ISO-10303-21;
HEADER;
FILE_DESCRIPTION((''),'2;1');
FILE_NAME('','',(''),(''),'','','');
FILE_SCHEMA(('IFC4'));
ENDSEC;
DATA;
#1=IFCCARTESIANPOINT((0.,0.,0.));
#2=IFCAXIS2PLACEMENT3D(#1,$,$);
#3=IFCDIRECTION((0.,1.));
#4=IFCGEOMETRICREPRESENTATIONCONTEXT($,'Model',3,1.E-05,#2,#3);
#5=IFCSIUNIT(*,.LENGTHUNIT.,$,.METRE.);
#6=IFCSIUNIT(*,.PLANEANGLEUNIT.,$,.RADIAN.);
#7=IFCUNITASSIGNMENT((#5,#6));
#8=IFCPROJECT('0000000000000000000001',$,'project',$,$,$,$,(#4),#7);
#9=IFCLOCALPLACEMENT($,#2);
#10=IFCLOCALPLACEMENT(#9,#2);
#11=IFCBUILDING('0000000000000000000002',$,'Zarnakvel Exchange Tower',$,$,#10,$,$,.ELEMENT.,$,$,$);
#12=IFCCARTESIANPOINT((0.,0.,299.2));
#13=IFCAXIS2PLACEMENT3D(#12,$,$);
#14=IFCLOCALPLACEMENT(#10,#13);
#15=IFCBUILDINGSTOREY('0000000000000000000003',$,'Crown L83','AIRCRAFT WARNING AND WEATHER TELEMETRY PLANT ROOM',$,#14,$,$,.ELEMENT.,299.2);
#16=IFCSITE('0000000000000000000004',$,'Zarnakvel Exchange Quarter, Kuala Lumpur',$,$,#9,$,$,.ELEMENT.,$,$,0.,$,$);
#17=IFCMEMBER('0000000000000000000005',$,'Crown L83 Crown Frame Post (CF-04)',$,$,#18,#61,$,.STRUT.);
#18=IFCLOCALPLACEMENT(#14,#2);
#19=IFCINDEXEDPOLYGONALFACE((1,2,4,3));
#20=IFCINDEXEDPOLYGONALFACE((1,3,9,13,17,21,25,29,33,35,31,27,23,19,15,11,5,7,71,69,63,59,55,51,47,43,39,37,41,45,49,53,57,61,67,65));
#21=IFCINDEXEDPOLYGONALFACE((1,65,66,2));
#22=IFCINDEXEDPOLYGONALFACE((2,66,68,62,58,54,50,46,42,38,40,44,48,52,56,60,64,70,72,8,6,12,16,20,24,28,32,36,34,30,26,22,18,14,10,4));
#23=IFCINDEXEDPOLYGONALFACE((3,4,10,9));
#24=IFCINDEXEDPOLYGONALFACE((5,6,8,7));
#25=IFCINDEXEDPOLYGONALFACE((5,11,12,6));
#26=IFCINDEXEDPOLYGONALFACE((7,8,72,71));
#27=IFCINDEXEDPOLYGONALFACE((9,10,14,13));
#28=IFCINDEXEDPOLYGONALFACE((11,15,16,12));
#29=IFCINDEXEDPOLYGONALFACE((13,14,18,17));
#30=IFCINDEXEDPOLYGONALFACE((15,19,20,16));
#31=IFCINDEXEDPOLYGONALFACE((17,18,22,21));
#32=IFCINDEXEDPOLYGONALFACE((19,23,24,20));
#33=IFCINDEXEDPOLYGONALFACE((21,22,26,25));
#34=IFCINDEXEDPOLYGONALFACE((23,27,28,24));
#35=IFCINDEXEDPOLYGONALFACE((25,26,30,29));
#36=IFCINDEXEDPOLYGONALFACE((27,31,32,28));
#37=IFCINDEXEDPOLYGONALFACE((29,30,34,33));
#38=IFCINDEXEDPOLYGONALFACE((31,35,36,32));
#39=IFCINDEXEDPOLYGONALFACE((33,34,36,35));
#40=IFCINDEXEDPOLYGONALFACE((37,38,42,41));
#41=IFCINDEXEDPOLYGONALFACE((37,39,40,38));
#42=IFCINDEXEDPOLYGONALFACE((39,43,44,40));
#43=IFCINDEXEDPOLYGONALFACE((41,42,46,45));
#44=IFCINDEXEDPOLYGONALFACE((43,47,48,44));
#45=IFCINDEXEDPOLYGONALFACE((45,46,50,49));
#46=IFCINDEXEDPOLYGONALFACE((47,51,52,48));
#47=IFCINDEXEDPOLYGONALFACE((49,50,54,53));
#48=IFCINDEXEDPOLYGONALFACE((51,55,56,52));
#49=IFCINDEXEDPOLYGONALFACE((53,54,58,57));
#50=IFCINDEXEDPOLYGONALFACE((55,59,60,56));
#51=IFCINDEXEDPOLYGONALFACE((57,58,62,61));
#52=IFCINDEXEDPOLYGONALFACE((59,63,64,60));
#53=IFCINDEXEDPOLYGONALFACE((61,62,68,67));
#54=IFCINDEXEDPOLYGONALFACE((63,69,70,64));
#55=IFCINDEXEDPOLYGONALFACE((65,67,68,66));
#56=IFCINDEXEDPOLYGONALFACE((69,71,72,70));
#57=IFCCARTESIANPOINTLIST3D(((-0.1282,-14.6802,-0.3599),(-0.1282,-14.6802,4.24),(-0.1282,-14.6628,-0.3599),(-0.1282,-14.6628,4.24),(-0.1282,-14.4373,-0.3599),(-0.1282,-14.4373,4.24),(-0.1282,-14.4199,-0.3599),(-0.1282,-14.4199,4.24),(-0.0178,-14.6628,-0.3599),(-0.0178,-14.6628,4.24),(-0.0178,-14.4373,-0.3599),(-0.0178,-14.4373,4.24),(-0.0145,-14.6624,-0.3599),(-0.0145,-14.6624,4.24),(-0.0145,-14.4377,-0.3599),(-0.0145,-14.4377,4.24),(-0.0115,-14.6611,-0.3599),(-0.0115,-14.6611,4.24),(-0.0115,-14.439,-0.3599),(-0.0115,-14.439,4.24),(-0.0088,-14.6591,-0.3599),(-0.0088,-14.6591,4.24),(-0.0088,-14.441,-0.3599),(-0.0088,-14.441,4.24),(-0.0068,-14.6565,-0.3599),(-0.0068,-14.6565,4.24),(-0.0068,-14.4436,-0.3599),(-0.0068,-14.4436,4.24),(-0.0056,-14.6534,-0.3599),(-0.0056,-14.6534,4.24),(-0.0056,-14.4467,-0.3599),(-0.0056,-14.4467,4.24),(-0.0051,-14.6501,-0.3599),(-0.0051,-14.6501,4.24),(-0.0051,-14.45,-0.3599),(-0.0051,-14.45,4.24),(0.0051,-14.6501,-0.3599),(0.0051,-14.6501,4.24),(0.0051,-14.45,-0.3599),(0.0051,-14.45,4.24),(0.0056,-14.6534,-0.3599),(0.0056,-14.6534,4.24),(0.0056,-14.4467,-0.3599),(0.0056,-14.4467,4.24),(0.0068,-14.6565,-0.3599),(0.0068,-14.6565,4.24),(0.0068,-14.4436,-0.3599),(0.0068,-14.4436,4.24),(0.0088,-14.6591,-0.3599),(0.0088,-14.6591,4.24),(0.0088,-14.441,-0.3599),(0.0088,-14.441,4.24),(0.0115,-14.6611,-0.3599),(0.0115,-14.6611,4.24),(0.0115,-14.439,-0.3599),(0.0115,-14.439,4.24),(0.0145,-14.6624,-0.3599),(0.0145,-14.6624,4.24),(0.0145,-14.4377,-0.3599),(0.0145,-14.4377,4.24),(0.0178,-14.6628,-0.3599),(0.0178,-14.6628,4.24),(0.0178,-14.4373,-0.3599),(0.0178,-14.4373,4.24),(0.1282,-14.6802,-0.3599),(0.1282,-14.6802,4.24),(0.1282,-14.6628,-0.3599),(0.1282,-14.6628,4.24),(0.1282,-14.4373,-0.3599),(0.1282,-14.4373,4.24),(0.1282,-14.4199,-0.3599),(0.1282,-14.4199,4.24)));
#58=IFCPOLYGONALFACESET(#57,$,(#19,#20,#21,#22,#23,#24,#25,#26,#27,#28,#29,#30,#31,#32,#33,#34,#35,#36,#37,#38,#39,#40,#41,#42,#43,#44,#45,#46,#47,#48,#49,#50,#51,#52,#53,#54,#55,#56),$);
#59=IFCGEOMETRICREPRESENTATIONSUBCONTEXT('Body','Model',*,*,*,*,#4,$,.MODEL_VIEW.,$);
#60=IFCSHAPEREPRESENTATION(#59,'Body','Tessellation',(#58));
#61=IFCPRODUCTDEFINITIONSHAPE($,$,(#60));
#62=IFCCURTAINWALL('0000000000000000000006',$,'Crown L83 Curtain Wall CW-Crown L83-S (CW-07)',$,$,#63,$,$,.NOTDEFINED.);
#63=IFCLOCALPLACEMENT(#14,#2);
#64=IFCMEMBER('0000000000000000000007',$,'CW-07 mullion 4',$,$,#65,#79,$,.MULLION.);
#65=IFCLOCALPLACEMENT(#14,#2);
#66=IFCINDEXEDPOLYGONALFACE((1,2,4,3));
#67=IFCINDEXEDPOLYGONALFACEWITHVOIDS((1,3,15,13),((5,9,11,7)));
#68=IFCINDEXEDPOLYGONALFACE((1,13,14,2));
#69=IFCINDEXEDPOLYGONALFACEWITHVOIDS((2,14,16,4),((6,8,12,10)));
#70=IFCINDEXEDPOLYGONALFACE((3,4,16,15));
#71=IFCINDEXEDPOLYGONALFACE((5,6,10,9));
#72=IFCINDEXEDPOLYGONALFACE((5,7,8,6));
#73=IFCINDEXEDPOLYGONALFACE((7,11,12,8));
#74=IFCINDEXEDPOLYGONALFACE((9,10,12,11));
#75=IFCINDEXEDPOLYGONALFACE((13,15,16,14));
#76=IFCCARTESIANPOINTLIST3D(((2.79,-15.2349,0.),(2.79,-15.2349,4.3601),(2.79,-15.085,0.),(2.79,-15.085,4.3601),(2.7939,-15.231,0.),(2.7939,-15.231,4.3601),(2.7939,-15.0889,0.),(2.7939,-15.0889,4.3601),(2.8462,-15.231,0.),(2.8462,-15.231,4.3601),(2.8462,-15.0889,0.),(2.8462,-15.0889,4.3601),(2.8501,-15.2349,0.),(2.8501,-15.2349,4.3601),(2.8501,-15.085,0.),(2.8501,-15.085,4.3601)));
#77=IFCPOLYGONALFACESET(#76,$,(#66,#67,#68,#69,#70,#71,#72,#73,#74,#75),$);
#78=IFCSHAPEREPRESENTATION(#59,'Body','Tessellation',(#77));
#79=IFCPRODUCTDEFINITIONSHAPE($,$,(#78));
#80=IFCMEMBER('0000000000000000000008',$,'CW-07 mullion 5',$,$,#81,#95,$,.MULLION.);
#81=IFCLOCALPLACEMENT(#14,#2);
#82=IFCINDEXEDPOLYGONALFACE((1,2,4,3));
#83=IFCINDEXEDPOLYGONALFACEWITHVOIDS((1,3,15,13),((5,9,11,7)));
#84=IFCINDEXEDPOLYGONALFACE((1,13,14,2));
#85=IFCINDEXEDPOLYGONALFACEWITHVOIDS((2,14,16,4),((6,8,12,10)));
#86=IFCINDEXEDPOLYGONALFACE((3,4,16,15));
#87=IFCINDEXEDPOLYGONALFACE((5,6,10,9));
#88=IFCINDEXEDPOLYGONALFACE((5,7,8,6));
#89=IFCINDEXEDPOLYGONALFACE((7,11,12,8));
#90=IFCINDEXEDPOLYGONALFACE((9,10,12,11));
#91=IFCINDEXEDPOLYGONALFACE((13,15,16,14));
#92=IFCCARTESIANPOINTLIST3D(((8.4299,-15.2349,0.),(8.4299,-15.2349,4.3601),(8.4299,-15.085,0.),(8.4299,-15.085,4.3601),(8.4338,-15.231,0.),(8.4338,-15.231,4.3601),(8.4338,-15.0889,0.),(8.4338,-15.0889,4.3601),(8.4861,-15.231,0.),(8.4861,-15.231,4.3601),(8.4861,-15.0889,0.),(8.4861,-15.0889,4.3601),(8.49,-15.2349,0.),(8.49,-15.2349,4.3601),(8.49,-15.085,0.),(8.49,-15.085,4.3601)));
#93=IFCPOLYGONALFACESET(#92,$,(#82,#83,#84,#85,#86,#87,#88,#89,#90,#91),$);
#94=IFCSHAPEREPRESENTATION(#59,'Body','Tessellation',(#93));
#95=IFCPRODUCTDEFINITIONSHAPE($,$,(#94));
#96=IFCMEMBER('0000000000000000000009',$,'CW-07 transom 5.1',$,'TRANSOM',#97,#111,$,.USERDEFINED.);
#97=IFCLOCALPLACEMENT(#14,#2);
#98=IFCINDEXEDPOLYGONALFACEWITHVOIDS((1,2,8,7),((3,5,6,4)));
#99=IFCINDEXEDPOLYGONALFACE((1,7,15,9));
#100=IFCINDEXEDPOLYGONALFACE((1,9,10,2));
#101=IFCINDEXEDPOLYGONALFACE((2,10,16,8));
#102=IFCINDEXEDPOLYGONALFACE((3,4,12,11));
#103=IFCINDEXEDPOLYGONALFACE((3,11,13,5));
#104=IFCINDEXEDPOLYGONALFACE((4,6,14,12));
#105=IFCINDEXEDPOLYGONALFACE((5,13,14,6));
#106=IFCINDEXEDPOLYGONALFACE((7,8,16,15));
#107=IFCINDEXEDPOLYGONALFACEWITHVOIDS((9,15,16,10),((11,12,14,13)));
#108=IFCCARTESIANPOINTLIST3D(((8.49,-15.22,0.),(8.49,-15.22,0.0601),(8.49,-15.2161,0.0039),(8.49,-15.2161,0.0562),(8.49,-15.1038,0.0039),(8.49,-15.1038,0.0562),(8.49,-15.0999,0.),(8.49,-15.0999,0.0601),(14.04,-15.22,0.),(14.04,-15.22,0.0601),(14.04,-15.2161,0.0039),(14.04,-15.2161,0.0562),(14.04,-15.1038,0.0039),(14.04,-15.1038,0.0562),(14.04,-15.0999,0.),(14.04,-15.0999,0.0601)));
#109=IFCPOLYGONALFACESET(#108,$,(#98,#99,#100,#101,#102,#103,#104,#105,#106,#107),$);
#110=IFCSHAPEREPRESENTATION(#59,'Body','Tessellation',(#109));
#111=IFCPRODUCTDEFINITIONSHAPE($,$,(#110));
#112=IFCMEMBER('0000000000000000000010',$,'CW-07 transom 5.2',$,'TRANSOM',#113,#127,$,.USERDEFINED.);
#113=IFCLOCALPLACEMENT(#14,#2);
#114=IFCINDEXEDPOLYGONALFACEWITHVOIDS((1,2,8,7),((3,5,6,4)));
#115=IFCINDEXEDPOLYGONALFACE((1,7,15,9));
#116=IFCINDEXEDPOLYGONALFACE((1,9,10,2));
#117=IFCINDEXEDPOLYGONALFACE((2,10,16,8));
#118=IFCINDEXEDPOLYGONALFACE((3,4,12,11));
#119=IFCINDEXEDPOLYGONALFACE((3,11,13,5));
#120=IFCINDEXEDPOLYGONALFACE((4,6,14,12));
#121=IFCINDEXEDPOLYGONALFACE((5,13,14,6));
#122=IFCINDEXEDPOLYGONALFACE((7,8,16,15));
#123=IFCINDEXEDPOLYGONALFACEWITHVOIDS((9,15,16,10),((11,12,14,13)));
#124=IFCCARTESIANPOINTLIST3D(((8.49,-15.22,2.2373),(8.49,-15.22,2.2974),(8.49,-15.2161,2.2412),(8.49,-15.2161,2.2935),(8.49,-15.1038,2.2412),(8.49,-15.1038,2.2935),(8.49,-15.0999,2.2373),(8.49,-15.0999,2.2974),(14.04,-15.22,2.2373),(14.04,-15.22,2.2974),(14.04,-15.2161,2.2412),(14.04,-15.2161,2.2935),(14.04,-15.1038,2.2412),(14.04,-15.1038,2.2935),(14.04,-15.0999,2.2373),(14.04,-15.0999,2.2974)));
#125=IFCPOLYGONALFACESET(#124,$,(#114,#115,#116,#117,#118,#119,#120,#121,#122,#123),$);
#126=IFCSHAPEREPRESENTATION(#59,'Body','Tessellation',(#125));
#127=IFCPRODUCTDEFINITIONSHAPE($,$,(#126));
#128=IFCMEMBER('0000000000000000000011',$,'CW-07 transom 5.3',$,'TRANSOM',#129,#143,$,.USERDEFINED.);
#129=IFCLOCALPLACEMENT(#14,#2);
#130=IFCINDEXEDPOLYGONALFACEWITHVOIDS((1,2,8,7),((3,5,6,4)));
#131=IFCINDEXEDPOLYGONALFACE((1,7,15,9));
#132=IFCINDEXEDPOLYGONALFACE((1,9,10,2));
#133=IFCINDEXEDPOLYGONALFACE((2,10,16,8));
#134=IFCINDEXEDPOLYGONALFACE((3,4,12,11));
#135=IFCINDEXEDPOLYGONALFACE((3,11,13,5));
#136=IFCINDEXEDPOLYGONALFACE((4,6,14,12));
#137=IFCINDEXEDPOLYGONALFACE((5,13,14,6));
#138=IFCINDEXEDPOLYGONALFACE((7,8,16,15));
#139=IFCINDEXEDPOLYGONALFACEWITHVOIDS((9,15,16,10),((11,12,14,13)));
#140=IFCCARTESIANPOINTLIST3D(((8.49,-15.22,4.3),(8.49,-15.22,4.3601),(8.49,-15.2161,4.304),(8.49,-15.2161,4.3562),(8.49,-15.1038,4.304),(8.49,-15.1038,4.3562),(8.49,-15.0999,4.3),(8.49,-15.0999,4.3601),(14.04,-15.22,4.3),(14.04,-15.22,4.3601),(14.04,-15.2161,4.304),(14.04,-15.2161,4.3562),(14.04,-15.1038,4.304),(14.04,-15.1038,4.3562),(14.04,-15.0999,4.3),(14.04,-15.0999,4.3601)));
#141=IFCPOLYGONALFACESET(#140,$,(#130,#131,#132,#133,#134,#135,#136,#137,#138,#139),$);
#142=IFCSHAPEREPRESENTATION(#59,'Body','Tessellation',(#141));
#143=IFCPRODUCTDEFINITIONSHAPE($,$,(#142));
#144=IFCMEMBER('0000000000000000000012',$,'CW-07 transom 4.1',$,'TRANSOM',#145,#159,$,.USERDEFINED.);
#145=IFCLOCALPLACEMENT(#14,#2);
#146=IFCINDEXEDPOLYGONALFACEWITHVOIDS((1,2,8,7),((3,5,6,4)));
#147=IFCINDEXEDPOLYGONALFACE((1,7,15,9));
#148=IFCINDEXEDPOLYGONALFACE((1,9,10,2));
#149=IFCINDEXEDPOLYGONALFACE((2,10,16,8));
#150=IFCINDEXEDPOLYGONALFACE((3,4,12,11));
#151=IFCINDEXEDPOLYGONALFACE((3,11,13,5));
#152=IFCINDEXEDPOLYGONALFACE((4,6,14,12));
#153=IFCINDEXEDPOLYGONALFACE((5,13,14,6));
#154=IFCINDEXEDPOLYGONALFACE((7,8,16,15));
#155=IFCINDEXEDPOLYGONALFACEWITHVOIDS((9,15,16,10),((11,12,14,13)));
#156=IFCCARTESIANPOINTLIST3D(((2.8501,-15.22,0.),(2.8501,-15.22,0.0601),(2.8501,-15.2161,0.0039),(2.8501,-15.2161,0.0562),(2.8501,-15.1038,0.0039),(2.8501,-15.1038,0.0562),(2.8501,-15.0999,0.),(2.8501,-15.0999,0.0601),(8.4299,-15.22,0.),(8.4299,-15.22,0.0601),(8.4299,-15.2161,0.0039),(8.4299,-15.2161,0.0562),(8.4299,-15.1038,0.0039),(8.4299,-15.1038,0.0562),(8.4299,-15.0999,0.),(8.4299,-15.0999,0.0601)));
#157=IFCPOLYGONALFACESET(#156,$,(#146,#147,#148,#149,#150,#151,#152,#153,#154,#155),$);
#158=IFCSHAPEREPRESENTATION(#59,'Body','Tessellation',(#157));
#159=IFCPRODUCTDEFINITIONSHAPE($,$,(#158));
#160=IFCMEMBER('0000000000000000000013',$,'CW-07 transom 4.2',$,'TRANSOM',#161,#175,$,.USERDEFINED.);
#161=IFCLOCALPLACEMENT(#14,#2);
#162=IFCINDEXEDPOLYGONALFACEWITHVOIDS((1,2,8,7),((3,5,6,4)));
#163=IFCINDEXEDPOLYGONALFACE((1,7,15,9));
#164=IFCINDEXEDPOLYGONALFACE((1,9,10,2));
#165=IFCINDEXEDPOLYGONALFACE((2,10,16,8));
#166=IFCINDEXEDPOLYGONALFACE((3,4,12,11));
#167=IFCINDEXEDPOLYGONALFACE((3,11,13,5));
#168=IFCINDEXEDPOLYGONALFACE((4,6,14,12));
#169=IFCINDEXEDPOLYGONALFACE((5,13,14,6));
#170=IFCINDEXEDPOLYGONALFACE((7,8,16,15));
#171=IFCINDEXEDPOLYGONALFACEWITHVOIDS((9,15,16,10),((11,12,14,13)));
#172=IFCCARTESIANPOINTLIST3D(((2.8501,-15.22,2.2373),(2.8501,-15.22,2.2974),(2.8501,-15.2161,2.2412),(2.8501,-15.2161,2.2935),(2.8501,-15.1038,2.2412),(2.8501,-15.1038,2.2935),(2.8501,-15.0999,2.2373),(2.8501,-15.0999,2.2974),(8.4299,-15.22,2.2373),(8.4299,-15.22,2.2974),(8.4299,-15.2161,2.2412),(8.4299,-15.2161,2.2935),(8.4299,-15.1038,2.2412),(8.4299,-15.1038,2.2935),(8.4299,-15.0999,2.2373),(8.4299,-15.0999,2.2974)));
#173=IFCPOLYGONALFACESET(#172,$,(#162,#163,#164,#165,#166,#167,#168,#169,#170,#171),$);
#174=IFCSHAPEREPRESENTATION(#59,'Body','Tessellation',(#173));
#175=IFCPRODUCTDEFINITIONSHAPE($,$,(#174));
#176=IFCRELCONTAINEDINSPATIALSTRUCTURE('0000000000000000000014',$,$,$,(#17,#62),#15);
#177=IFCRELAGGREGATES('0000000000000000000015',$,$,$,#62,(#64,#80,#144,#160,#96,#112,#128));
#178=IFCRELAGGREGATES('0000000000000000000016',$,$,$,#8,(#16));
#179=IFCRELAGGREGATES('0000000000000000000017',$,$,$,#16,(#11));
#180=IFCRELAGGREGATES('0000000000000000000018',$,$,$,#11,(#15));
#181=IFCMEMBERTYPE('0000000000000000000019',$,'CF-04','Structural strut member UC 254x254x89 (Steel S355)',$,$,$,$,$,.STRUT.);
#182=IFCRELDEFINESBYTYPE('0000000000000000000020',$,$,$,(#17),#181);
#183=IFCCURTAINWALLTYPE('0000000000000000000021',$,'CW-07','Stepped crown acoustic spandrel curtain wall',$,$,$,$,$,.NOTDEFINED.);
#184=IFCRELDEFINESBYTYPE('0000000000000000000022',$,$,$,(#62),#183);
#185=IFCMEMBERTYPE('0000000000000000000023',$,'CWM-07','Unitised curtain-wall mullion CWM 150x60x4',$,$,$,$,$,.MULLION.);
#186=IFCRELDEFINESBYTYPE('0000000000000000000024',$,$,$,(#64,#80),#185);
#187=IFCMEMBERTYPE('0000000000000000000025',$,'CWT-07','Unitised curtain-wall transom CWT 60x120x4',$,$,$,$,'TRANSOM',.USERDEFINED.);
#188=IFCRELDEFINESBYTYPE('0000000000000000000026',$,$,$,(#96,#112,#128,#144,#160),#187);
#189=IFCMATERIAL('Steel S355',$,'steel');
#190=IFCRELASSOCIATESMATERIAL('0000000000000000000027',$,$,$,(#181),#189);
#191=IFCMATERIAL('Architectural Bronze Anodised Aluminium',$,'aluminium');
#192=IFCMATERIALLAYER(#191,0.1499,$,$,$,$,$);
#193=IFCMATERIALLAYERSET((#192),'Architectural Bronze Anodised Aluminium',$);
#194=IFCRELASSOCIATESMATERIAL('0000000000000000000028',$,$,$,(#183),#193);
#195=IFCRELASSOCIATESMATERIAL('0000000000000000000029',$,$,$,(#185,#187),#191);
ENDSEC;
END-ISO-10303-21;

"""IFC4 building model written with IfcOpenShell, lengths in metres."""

from ifc_helpers import new_model, si_unit, direction, frame, origin, origin_2d, place, context, subcontext, project, spatial, hollow_rectangle, i_section, extrude, source, transform, mapped, material, layer, layer_set, material_profile, profile_set, type_object, element, aggregate, save


model = new_model("IFC4")

# Units and contexts
model_context = context("Model", 3, precision=1e-05, world=origin(), true_north=direction((0.0, 1.0)))
body_context = subcontext(model_context, "Body", "Model", "MODEL_VIEW")
ifc_project = project(units=[si_unit("LENGTHUNIT", "METRE"), si_unit("PLANEANGLEUNIT", "RADIAN")], contexts=[model_context])

# Site, building, storey
site_placement = place(None, origin())
site = spatial("IfcSite", under=ifc_project, at=site_placement, Name="Zarnakvel Exchange Quarter, Kuala Lumpur", CompositionType="ELEMENT", RefElevation=0.0)
building_placement = place(site_placement, origin())
building = spatial("IfcBuilding", under=site, at=building_placement, Name="Zarnakvel Exchange Tower", CompositionType="ELEMENT")
storey_placement = place(building_placement, frame((0.0, 0.0, 299.2)))
storey = spatial("IfcBuildingStorey", under=building, at=storey_placement, Name="Crown L83", Description="AIRCRAFT WARNING AND WEATHER TELEMETRY PLANT ROOM", CompositionType="ELEMENT", Elevation=299.2)

# Shared definitions
ifc_material_1 = material(Name="Steel S355", Category="steel")

# Member
ifc_material_profile_1 = material_profile(ifc_material_1, i_section(OverallWidth=0.2563, OverallDepth=0.2603, WebThickness=0.0103, FlangeThickness=0.0173, FilletRadius=0.0127, at=origin_2d()))
ifc_profile_set_1 = profile_set([ifc_material_profile_1], Name="Steel S355")
member_type_1 = type_object("IfcMemberType", Name="CF-04", Description="Structural strut member UC 254x254x89 (Steel S355)", PredefinedType="STRUT", material=ifc_profile_set_1)
shared_shape_1 = source(origin(), body_context, "Body", "SweptSolid", [
    extrude(i_section(OverallWidth=0.2563, OverallDepth=0.2603, WebThickness=0.0103, FlangeThickness=0.0173, FilletRadius=0.0127, at=origin_2d()), origin(), (0.0, 0.0, 1.0), 4.5999),
])
member_1_placement = place(storey_placement, frame((0.0, -14.55, -0.3599), z_axis=(0.0, 0.0, 1.0), x_axis=(1.0, 0.0, 0.0)))
element("IfcMember", 1, at=member_1_placement, inside=storey, type_object=member_type_1, Name="Crown L83 Crown Frame Post (CF-04)", PredefinedType="STRUT", context=body_context, shape_type="MappedRepresentation", body=[
    mapped(shared_shape_1, transform((0.0, 0.0, 0.0), x_axis=(1.0, 0.0, 0.0), y_axis=(0.0, 1.0, 0.0), z_axis=(0.0, 0.0, 1.0), scale=1.0)),
])

# Curtain wall, members
ifc_material_2 = material(Name="Architectural Bronze Anodised Aluminium", Category="aluminium")
ifc_layer_1 = layer(ifc_material_2, 0.1499)
ifc_layer_set_1 = layer_set([ifc_layer_1], Name="Architectural Bronze Anodised Aluminium")
curtain_wall_type = type_object("IfcCurtainWallType", Name="CW-07", Description="Stepped crown acoustic spandrel curtain wall", PredefinedType="NOTDEFINED", material=ifc_layer_set_1)
curtain_wall_placement = place(storey_placement, origin())
curtain_wall = element("IfcCurtainWall", 2, at=curtain_wall_placement, inside=storey, type_object=curtain_wall_type, Name="Crown L83 Curtain Wall CW-Crown L83-S (CW-07)", PredefinedType="NOTDEFINED")
ifc_material_profile_2 = material_profile(ifc_material_2, hollow_rectangle(XDim=0.1499, YDim=0.0601, WallThickness=0.0039, at=origin_2d()))
ifc_profile_set_2 = profile_set([ifc_material_profile_2], Name="Architectural Bronze Anodised Aluminium")
member_type_2 = type_object("IfcMemberType", Name="CWM-07", Description="Unitised curtain-wall mullion CWM 150x60x4", PredefinedType="MULLION", material=ifc_profile_set_2)
shared_shape_2 = source(origin(), body_context, "Body", "SweptSolid", [
    extrude(hollow_rectangle(XDim=0.1499, YDim=0.0601, WallThickness=0.0039, at=origin_2d()), origin(), (0.0, 0.0, 1.0), 4.3601),
])
member_2_placement = place(storey_placement, frame((2.8201, -15.1599, 0.0), z_axis=(0.0, 0.0, 1.0), x_axis=(0.0, 1.0, 0.0)))
member_2 = element("IfcMember", 3, at=member_2_placement, type_object=member_type_2, Name="CW-07 mullion 4", PredefinedType="MULLION", context=body_context, shape_type="MappedRepresentation", body=[
    mapped(shared_shape_2, transform((0.0, 0.0, 0.0), x_axis=(1.0, 0.0, 0.0), y_axis=(0.0, 1.0, 0.0), z_axis=(0.0, 0.0, 1.0), scale=1.0)),
])
member_3_placement = place(storey_placement, frame((8.46, -15.1599, 0.0), z_axis=(0.0, 0.0, 1.0), x_axis=(0.0, 1.0, 0.0)))
member_3 = element("IfcMember", 4, at=member_3_placement, type_object=member_type_2, Name="CW-07 mullion 5", PredefinedType="MULLION", context=body_context, shape_type="MappedRepresentation", body=[
    mapped(shared_shape_2, transform((0.0, 0.0, 0.0), x_axis=(1.0, 0.0, 0.0), y_axis=(0.0, 1.0, 0.0), z_axis=(0.0, 0.0, 1.0), scale=1.0)),
])
ifc_material_profile_3 = material_profile(ifc_material_2, hollow_rectangle(XDim=0.1201, YDim=0.0601, WallThickness=0.0039, at=origin_2d()))
ifc_profile_set_3 = profile_set([ifc_material_profile_3], Name="Architectural Bronze Anodised Aluminium")
member_type_3 = type_object("IfcMemberType", Name="CWT-07", Description="Unitised curtain-wall transom CWT 60x120x4", ElementType="TRANSOM", PredefinedType="USERDEFINED", material=ifc_profile_set_3)
shared_shape_3 = source(origin(), body_context, "Body", "SweptSolid", [
    extrude(hollow_rectangle(XDim=0.1201, YDim=0.0601, WallThickness=0.0039, at=origin_2d()), origin(), (0.0, 0.0, 1.0), 5.55),
])
member_4_placement = place(storey_placement, frame((8.49, -15.1599, 0.03), z_axis=(1.0, 0.0, 0.0), x_axis=(0.0, 1.0, 0.0)))
member_4 = element("IfcMember", 5, at=member_4_placement, type_object=member_type_3, Name="CW-07 transom 5.1", ObjectType="TRANSOM", PredefinedType="USERDEFINED", context=body_context, shape_type="MappedRepresentation", body=[
    mapped(shared_shape_3, transform((0.0, 0.0, 0.0), x_axis=(1.0, 0.0, 0.0), y_axis=(0.0, 1.0, 0.0), z_axis=(0.0, 0.0, 1.0), scale=1.0)),
])
member_5_placement = place(storey_placement, frame((8.49, -15.1599, 2.2673), z_axis=(1.0, 0.0, 0.0), x_axis=(0.0, 1.0, 0.0)))
member_5 = element("IfcMember", 6, at=member_5_placement, type_object=member_type_3, Name="CW-07 transom 5.2", ObjectType="TRANSOM", PredefinedType="USERDEFINED", context=body_context, shape_type="MappedRepresentation", body=[
    mapped(shared_shape_3, transform((0.0, 0.0, 0.0), x_axis=(1.0, 0.0, 0.0), y_axis=(0.0, 1.0, 0.0), z_axis=(0.0, 0.0, 1.0), scale=1.0)),
])
member_6_placement = place(storey_placement, frame((8.49, -15.1599, 4.3301), z_axis=(1.0, 0.0, 0.0), x_axis=(0.0, 1.0, 0.0)))
member_6 = element("IfcMember", 7, at=member_6_placement, type_object=member_type_3, Name="CW-07 transom 5.3", ObjectType="TRANSOM", PredefinedType="USERDEFINED", context=body_context, shape_type="MappedRepresentation", body=[
    mapped(shared_shape_3, transform((0.0, 0.0, 0.0), x_axis=(1.0, 0.0, 0.0), y_axis=(0.0, 1.0, 0.0), z_axis=(0.0, 0.0, 1.0), scale=1.0)),
])
shared_shape_4 = source(origin(), body_context, "Body", "SweptSolid", [
    extrude(hollow_rectangle(XDim=0.1201, YDim=0.0601, WallThickness=0.0039, at=origin_2d()), origin(), (0.0, 0.0, 1.0), 5.5798),
])
member_7_placement = place(storey_placement, frame((2.8501, -15.1599, 0.03), z_axis=(1.0, 0.0, 0.0), x_axis=(0.0, 1.0, 0.0)))
member_7 = element("IfcMember", 8, at=member_7_placement, type_object=member_type_3, Name="CW-07 transom 4.1", ObjectType="TRANSOM", PredefinedType="USERDEFINED", context=body_context, shape_type="MappedRepresentation", body=[
    mapped(shared_shape_4, transform((0.0, 0.0, 0.0), x_axis=(1.0, 0.0, 0.0), y_axis=(0.0, 1.0, 0.0), z_axis=(0.0, 0.0, 1.0), scale=1.0)),
])
member_8_placement = place(storey_placement, frame((2.8501, -15.1599, 2.2673), z_axis=(1.0, 0.0, 0.0), x_axis=(0.0, 1.0, 0.0)))
member_8 = element("IfcMember", 9, at=member_8_placement, type_object=member_type_3, Name="CW-07 transom 4.2", ObjectType="TRANSOM", PredefinedType="USERDEFINED", context=body_context, shape_type="MappedRepresentation", body=[
    mapped(shared_shape_4, transform((0.0, 0.0, 0.0), x_axis=(1.0, 0.0, 0.0), y_axis=(0.0, 1.0, 0.0), z_axis=(0.0, 0.0, 1.0), scale=1.0)),
])

aggregate(curtain_wall, [member_2, member_3, member_7, member_8, member_4, member_5, member_6])

save(model, "model.ifc")
